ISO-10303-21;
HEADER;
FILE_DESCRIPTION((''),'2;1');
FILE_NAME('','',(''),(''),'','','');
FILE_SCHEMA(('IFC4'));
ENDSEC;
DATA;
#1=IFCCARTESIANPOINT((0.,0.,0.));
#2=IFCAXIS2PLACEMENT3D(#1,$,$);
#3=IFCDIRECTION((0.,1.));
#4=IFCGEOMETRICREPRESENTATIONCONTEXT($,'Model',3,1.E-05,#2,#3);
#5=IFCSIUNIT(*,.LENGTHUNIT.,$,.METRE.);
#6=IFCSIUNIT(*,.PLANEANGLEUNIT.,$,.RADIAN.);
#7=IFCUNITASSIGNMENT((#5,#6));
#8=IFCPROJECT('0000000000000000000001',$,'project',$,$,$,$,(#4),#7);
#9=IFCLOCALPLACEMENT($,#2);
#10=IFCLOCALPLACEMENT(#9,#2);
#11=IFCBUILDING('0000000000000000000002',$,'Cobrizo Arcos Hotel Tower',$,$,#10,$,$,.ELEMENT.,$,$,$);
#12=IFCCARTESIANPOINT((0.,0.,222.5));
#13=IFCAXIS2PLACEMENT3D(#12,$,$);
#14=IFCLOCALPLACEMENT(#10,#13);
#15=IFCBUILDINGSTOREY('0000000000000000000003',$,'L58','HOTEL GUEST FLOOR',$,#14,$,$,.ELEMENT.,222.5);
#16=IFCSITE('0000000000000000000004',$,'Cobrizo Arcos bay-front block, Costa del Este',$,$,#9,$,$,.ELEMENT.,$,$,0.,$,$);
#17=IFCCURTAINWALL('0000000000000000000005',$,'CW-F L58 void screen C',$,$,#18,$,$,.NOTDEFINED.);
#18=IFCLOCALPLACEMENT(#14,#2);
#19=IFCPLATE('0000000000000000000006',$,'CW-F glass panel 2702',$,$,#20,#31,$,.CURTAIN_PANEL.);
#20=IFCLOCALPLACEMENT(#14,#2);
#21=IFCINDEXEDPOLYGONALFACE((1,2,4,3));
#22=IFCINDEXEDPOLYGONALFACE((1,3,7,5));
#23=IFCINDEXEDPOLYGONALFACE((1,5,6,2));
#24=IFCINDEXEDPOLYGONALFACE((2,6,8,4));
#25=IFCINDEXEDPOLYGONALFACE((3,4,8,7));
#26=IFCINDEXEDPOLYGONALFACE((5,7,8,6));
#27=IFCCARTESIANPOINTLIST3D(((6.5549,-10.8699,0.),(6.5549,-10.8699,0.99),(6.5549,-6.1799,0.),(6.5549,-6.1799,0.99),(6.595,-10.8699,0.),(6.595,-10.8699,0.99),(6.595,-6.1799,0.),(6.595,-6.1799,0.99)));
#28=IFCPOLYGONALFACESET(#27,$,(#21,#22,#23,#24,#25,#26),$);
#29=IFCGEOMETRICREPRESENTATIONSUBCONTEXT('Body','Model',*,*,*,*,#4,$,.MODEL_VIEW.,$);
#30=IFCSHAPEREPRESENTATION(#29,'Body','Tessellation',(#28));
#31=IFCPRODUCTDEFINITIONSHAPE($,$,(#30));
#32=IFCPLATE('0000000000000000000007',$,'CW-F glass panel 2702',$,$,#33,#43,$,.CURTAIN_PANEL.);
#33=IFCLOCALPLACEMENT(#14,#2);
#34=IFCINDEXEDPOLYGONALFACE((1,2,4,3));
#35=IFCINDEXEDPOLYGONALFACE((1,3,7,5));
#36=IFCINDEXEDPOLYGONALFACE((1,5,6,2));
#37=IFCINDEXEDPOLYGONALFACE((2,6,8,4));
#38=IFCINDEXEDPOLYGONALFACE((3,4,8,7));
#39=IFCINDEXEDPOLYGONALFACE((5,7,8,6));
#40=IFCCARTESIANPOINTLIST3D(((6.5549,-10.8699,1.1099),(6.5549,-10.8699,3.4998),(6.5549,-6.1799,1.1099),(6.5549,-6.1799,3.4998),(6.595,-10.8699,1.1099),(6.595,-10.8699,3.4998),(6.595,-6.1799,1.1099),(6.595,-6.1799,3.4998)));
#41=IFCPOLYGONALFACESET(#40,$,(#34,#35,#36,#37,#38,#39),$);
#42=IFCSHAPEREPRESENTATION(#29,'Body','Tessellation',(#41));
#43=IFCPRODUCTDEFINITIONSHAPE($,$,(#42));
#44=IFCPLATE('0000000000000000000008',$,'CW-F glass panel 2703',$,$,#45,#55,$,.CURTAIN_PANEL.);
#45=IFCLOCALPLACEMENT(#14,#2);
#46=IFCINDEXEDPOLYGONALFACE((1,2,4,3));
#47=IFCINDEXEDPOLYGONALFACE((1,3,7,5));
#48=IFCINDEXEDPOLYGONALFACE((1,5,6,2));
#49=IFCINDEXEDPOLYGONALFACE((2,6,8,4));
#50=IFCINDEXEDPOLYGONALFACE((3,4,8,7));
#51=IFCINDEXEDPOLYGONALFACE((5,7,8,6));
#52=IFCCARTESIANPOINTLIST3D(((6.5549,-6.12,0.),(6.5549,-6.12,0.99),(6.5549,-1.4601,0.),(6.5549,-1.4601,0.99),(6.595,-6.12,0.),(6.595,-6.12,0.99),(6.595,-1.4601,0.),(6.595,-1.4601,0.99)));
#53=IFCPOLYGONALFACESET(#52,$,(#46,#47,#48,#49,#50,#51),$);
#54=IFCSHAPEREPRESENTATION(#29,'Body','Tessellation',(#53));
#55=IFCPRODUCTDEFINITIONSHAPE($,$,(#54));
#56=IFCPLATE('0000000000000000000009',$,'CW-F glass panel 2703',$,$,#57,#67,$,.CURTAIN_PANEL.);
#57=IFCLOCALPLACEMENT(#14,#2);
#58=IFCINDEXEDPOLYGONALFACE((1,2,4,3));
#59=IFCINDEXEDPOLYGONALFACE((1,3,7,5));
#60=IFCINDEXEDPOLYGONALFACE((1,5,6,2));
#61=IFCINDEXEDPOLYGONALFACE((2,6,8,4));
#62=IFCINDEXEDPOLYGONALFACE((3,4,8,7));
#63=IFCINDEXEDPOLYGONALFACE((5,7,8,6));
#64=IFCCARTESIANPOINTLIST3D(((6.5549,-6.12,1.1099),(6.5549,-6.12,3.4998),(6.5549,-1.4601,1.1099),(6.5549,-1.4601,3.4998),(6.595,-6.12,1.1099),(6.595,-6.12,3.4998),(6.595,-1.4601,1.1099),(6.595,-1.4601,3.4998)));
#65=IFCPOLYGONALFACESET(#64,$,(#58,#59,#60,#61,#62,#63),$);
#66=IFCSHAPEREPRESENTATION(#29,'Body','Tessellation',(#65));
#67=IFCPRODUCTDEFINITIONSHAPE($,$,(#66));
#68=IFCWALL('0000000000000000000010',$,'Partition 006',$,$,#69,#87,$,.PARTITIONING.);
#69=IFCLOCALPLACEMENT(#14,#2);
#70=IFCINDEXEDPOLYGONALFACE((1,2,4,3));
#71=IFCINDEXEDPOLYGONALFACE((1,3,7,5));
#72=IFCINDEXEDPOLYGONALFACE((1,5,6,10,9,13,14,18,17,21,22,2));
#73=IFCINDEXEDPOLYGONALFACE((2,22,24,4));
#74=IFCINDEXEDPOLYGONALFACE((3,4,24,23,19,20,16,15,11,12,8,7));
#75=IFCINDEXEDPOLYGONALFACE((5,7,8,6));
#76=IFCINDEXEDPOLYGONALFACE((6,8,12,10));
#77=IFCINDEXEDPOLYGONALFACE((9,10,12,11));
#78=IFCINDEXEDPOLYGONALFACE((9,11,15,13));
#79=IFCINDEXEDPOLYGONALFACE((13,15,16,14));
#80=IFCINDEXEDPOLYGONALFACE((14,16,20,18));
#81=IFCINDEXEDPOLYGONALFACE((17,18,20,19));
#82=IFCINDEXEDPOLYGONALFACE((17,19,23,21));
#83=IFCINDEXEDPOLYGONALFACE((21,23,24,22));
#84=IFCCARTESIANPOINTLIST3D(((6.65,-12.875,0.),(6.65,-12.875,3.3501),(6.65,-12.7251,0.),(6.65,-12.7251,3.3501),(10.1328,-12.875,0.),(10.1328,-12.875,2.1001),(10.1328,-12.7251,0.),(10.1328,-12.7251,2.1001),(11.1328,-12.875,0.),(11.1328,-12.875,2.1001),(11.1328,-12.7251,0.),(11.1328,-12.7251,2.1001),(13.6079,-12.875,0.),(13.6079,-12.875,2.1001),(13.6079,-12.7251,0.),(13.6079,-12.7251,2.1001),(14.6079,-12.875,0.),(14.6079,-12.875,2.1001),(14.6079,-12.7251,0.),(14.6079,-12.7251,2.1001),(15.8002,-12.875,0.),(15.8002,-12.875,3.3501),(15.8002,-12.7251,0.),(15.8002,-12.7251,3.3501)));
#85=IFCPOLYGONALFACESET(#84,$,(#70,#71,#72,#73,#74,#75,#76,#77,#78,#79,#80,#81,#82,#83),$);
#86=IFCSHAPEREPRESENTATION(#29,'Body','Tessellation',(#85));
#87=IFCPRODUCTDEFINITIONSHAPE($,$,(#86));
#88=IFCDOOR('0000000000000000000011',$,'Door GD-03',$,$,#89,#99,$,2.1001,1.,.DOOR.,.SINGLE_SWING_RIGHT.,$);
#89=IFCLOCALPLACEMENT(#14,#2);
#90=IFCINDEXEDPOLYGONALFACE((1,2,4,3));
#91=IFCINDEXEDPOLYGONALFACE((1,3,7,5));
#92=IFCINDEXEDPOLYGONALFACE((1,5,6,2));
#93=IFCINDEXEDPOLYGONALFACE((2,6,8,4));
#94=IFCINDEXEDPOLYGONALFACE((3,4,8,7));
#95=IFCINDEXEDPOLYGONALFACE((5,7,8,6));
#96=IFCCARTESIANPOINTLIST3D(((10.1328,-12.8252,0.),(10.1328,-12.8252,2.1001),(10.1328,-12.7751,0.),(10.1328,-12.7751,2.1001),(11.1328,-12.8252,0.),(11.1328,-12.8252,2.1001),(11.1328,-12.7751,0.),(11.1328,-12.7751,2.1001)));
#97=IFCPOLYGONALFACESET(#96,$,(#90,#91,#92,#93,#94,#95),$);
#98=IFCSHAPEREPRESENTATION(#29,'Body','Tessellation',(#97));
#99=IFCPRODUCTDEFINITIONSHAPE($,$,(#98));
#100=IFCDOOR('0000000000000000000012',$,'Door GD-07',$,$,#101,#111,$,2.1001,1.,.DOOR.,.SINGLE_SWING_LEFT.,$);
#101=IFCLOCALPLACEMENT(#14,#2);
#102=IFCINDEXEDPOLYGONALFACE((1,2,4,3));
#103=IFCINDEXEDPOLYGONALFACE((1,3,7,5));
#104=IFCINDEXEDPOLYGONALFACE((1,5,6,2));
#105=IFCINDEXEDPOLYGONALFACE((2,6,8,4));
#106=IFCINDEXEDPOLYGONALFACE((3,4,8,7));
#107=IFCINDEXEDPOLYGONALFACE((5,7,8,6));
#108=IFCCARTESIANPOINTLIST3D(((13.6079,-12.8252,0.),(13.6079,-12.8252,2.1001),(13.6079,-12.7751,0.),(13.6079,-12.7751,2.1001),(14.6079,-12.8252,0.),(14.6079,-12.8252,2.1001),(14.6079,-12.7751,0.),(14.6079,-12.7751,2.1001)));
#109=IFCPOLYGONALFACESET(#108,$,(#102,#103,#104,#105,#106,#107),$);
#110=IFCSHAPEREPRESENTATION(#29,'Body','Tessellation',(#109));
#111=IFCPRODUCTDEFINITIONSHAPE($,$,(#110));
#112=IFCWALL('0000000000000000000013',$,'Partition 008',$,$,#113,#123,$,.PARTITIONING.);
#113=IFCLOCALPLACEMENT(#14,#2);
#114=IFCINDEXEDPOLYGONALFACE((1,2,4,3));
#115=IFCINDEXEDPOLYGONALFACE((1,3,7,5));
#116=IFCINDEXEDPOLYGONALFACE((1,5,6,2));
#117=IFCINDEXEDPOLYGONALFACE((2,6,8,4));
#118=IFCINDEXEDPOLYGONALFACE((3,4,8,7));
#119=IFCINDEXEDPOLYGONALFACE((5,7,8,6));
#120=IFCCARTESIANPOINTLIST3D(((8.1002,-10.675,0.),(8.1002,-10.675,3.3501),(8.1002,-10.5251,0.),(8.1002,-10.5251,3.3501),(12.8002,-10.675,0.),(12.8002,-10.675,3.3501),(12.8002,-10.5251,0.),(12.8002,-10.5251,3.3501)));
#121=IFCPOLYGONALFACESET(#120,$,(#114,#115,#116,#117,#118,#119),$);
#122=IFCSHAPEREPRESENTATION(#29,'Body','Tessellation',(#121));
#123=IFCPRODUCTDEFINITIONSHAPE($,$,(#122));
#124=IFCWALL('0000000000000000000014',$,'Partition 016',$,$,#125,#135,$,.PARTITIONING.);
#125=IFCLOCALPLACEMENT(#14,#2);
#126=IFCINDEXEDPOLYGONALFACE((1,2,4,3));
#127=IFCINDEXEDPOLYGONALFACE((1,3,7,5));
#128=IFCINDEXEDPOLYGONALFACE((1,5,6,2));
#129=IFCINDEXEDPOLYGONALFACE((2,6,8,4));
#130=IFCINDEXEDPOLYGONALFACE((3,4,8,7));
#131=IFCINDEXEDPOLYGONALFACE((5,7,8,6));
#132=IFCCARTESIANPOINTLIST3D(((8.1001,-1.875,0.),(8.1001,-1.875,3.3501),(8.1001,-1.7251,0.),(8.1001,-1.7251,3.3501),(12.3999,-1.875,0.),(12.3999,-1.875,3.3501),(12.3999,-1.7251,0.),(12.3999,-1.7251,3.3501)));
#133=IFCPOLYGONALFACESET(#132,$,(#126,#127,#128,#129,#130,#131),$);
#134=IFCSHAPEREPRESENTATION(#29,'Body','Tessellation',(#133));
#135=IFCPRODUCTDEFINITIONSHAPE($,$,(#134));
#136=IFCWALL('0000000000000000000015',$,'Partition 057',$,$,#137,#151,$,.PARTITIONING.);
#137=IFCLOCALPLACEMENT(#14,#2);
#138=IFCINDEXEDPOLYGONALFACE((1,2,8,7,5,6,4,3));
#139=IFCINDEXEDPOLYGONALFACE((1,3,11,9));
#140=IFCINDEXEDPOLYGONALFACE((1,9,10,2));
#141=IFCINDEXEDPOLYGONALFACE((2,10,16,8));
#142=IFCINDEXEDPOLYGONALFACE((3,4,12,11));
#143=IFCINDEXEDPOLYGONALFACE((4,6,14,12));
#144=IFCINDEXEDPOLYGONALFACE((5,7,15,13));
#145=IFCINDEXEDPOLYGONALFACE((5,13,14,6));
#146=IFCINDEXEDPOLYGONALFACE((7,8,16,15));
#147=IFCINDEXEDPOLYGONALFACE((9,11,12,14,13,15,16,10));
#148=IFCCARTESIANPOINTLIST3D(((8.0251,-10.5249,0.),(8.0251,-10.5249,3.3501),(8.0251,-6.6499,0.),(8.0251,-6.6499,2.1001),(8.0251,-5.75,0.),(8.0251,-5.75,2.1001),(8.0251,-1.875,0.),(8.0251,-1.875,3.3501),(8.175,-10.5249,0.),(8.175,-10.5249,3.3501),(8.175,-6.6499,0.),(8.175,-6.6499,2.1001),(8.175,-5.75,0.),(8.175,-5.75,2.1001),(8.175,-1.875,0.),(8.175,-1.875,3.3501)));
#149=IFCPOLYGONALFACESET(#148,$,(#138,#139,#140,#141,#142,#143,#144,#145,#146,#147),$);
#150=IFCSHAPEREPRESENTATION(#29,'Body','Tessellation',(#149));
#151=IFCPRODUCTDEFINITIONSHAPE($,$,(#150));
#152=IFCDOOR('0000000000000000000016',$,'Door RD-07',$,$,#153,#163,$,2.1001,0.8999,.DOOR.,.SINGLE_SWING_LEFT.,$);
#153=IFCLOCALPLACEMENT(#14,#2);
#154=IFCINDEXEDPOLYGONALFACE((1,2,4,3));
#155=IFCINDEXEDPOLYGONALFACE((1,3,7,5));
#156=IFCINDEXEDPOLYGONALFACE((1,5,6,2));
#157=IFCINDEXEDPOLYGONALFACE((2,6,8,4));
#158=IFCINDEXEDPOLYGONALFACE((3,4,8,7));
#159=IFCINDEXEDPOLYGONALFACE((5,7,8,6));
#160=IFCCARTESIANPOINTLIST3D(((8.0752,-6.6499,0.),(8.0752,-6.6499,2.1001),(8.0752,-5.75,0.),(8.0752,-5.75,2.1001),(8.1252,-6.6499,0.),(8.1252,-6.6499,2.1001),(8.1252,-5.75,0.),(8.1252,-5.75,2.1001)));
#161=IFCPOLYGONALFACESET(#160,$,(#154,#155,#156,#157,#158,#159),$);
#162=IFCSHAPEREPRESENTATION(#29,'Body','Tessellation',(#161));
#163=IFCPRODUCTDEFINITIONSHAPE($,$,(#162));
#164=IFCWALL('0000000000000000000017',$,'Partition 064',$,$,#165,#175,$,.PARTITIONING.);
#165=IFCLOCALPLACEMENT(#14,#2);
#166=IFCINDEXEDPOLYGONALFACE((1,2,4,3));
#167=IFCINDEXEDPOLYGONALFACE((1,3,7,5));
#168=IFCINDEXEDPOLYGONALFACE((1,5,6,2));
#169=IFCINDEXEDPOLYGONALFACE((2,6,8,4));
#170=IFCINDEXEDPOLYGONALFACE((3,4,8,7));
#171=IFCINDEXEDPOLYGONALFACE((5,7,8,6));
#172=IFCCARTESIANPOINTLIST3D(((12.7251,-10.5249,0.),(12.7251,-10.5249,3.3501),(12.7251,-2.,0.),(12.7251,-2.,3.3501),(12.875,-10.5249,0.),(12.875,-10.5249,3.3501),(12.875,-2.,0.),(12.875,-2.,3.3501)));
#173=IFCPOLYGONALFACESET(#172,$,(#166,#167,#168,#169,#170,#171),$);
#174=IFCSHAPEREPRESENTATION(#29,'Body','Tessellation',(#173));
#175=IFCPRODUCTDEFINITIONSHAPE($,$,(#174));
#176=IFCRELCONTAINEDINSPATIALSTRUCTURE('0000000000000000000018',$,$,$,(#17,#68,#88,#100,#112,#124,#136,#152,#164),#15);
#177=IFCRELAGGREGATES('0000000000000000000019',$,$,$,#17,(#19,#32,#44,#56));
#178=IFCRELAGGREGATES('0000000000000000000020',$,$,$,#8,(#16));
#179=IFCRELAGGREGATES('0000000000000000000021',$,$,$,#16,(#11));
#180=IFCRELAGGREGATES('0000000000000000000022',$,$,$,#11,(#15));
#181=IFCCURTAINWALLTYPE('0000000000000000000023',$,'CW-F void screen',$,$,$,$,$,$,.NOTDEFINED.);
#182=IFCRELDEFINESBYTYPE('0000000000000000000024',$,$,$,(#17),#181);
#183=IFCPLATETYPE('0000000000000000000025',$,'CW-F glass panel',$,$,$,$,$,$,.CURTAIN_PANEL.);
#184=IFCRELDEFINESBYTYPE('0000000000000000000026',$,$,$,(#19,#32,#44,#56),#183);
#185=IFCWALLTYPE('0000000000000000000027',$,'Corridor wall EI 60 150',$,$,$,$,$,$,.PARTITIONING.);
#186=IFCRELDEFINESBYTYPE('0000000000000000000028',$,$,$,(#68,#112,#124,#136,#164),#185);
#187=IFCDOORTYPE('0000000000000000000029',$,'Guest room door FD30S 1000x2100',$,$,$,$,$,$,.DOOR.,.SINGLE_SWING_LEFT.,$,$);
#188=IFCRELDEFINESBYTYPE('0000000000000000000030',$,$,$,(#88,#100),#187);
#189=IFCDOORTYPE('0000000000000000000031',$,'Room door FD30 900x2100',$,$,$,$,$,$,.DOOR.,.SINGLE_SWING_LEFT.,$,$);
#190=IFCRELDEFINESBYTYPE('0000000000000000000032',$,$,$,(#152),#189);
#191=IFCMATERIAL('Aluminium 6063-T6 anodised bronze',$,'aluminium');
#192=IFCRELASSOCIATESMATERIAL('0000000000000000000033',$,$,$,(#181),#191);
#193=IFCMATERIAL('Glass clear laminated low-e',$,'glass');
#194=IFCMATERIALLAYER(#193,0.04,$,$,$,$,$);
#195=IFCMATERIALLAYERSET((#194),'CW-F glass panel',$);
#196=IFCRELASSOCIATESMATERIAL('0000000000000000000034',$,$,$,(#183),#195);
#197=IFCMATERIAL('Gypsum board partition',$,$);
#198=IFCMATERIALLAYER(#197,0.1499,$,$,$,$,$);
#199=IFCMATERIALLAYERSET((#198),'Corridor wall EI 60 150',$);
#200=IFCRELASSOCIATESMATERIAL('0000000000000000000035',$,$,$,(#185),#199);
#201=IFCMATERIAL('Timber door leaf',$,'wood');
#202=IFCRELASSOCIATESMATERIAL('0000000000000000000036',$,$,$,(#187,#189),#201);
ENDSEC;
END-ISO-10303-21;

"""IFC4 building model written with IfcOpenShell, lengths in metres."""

from ifc_helpers import new_model, si_unit, direction, frame, frame_2d, origin, origin_2d, place, context, subcontext, project, spatial, rectangle, extrude, material, layer, layer_set, type_object, element, fill, aggregate, save


model = new_model("IFC4")

# Units and contexts
model_context = context("Model", 3, precision=1e-05, world=origin(), true_north=direction((0.0, 1.0)))
body_context = subcontext(model_context, "Body", "Model", "MODEL_VIEW")
ifc_project = project(units=[si_unit("LENGTHUNIT", "METRE"), si_unit("PLANEANGLEUNIT", "RADIAN")], contexts=[model_context])

# Site, building, storey
site_placement = place(None, origin())
site = spatial("IfcSite", under=ifc_project, at=site_placement, Name="Cobrizo Arcos bay-front block, Costa del Este", CompositionType="ELEMENT", RefElevation=0.0)
building_placement = place(site_placement, origin())
building = spatial("IfcBuilding", under=site, at=building_placement, Name="Cobrizo Arcos Hotel Tower", CompositionType="ELEMENT")
storey_placement = place(building_placement, frame((0.0, 0.0, 222.5)))
storey = spatial("IfcBuildingStorey", under=building, at=storey_placement, Name="L58", Description="HOTEL GUEST FLOOR", CompositionType="ELEMENT", Elevation=222.5)

# Curtain wall
ifc_material_1 = material(Name="Aluminium 6063-T6 anodised bronze", Category="aluminium")
curtain_wall_type = type_object("IfcCurtainWallType", Name="CW-F void screen", PredefinedType="NOTDEFINED", material=ifc_material_1)
curtain_wall_placement = place(storey_placement, origin())
curtain_wall = element("IfcCurtainWall", 1, at=curtain_wall_placement, inside=storey, type_object=curtain_wall_type, Name="CW-F L58 void screen C", PredefinedType="NOTDEFINED")

# Plates
ifc_material_2 = material(Name="Glass clear laminated low-e", Category="glass")
ifc_layer_1 = layer(ifc_material_2, 0.04)
ifc_layer_set_1 = layer_set([ifc_layer_1], Name="CW-F glass panel")
plate_type = type_object("IfcPlateType", Name="CW-F glass panel", PredefinedType="CURTAIN_PANEL", material=ifc_layer_set_1)
plate_1_placement = place(storey_placement, frame((6.575, -8.5249, 0.0), z_axis=(0.0, 0.0, 1.0), x_axis=(0.0, 1.0, 0.0)))
plate_1 = element("IfcPlate", 2, at=plate_1_placement, type_object=plate_type, Name="CW-F glass panel 2702", PredefinedType="CURTAIN_PANEL", context=body_context, shape_type="SweptSolid", body=[
    extrude(rectangle(XDim=4.6899, YDim=0.04, at=origin_2d()), origin(), (0.0, 0.0, 1.0), 0.99),
])
plate_2_placement = place(storey_placement, frame((6.575, -8.5249, 1.1099), z_axis=(0.0, 0.0, 1.0), x_axis=(0.0, 1.0, 0.0)))
plate_2 = element("IfcPlate", 3, at=plate_2_placement, type_object=plate_type, Name="CW-F glass panel 2702", PredefinedType="CURTAIN_PANEL", context=body_context, shape_type="SweptSolid", body=[
    extrude(rectangle(XDim=4.6899, YDim=0.04, at=origin_2d()), origin(), (0.0, 0.0, 1.0), 2.3899),
])
plate_3_placement = place(storey_placement, frame((6.575, -3.79, 0.0), z_axis=(0.0, 0.0, 1.0), x_axis=(0.0, 1.0, 0.0)))
plate_3 = element("IfcPlate", 4, at=plate_3_placement, type_object=plate_type, Name="CW-F glass panel 2703", PredefinedType="CURTAIN_PANEL", context=body_context, shape_type="SweptSolid", body=[
    extrude(rectangle(XDim=4.6599, YDim=0.04, at=origin_2d()), origin(), (0.0, 0.0, 1.0), 0.99),
])
plate_4_placement = place(storey_placement, frame((6.575, -3.79, 1.1099), z_axis=(0.0, 0.0, 1.0), x_axis=(0.0, 1.0, 0.0)))
plate_4 = element("IfcPlate", 5, at=plate_4_placement, type_object=plate_type, Name="CW-F glass panel 2703", PredefinedType="CURTAIN_PANEL", context=body_context, shape_type="SweptSolid", body=[
    extrude(rectangle(XDim=4.6599, YDim=0.04, at=origin_2d()), origin(), (0.0, 0.0, 1.0), 2.3899),
])
aggregate(curtain_wall, [plate_1, plate_2, plate_3, plate_4])

# Wall, openings, doors
ifc_material_3 = material(Name="Gypsum board partition")
ifc_layer_2 = layer(ifc_material_3, 0.1499)
ifc_layer_set_2 = layer_set([ifc_layer_2], Name="Corridor wall EI 60 150")
wall_type_1 = type_object("IfcWallType", Name="Corridor wall EI 60 150", PredefinedType="PARTITIONING", material=ifc_layer_set_2)
wall_1_placement = place(storey_placement, frame((6.6499, -12.8, 0.0), z_axis=(0.0, 0.0, 1.0), x_axis=(1.0, 0.0, 0.0)))
wall_1 = element("IfcWall", 6, at=wall_1_placement, inside=storey, type_object=wall_type_1, Name="Partition 006", PredefinedType="PARTITIONING", context=body_context, shape_type="SweptSolid", body=[
    extrude(rectangle(XDim=9.1501, YDim=0.1499, at=frame_2d((4.5752, 0.0))), origin(), (0.0, 0.0, 1.0), 3.3501),
])
opening_1_placement = place(wall_1_placement, frame((3.4829, 0.0, 0.0)))
opening_1 = element("IfcOpeningElement", 7, at=opening_1_placement, cuts=wall_1, PredefinedType="OPENING", context=body_context, shape_type="SweptSolid", body=[
    extrude(rectangle(XDim=1.0, YDim=2.1001, at=frame_2d((0.5, 1.05))), frame((0.0, 0.0869, 0.0), z_axis=(0.0, -1.0, 0.0), x_axis=(1.0, 0.0, 0.0)), (0.0, 0.0, 1.0), 0.1738),
])
opening_2_placement = place(wall_1_placement, frame((6.958, 0.0, 0.0)))
opening_2 = element("IfcOpeningElement", 8, at=opening_2_placement, cuts=wall_1, PredefinedType="OPENING", context=body_context, shape_type="SweptSolid", body=[
    extrude(rectangle(XDim=1.0, YDim=2.1001, at=frame_2d((0.5, 1.05))), frame((0.0, 0.0869, 0.0), z_axis=(0.0, -1.0, 0.0), x_axis=(1.0, 0.0, 0.0)), (0.0, 0.0, 1.0), 0.1738),
])
ifc_material_4 = material(Name="Timber door leaf", Category="wood")
door_type_1 = type_object("IfcDoorType", Name="Guest room door FD30S 1000x2100", OperationType="SINGLE_SWING_LEFT", PredefinedType="DOOR", material=ifc_material_4)
door_1_placement = place(opening_1_placement, origin())
door_1 = element("IfcDoor", 9, at=door_1_placement, inside=storey, type_object=door_type_1, Name="Door GD-03", OperationType="SINGLE_SWING_RIGHT", OverallHeight=2.1001, OverallWidth=1.0, PredefinedType="DOOR", context=body_context, shape_type="SweptSolid", body=[
    extrude(rectangle(XDim=1.0, YDim=2.1001, at=frame_2d((0.5, 1.05))), frame((0.0, 0.0249, 0.0), z_axis=(0.0, -1.0, 0.0), x_axis=(1.0, 0.0, 0.0)), (0.0, 0.0, 1.0), 0.05),
])
fill(opening_1, door_1)
door_2_placement = place(opening_2_placement, origin())
door_2 = element("IfcDoor", 10, at=door_2_placement, inside=storey, type_object=door_type_1, Name="Door GD-07", OperationType="SINGLE_SWING_LEFT", OverallHeight=2.1001, OverallWidth=1.0, PredefinedType="DOOR", context=body_context, shape_type="SweptSolid", body=[
    extrude(rectangle(XDim=1.0, YDim=2.1001, at=frame_2d((0.5, 1.05))), frame((0.0, 0.0249, 0.0), z_axis=(0.0, -1.0, 0.0), x_axis=(1.0, 0.0, 0.0)), (0.0, 0.0, 1.0), 0.05),
])
fill(opening_2, door_2)

# Walls
wall_2_placement = place(storey_placement, frame((8.1001, -10.6001, 0.0), z_axis=(0.0, 0.0, 1.0), x_axis=(1.0, 0.0, 0.0)))
element("IfcWall", 11, at=wall_2_placement, inside=storey, type_object=wall_type_1, Name="Partition 008", PredefinedType="PARTITIONING", context=body_context, shape_type="SweptSolid", body=[
    extrude(rectangle(XDim=4.7, YDim=0.1499, at=frame_2d((2.3501, 0.0))), origin(), (0.0, 0.0, 1.0), 3.3501),
])
wall_3_placement = place(storey_placement, frame((8.1001, -1.8, 0.0), z_axis=(0.0, 0.0, 1.0), x_axis=(1.0, 0.0, 0.0)))
element("IfcWall", 12, at=wall_3_placement, inside=storey, type_object=wall_type_1, Name="Partition 016", PredefinedType="PARTITIONING", context=body_context, shape_type="SweptSolid", body=[
    extrude(rectangle(XDim=4.2998, YDim=0.1499, at=frame_2d((2.1499, 0.0))), origin(), (0.0, 0.0, 1.0), 3.3501),
])

# Wall, opening, door
wall_4_placement = place(storey_placement, frame((8.1001, -10.5249, 0.0), z_axis=(0.0, 0.0, 1.0), x_axis=(0.0, 1.0, 0.0)))
wall_4 = element("IfcWall", 13, at=wall_4_placement, inside=storey, type_object=wall_type_1, Name="Partition 057", PredefinedType="PARTITIONING", context=body_context, shape_type="SweptSolid", body=[
    extrude(rectangle(XDim=8.6499, YDim=0.1499, at=frame_2d((4.325, 0.0))), origin(), (0.0, 0.0, 1.0), 3.3501),
])
opening_3_placement = place(wall_4_placement, frame((3.875, 0.0, 0.0)))
opening_3 = element("IfcOpeningElement", 14, at=opening_3_placement, cuts=wall_4, PredefinedType="OPENING", context=body_context, shape_type="SweptSolid", body=[
    extrude(rectangle(XDim=0.8999, YDim=2.1001, at=frame_2d((0.45, 1.05))), frame((0.0, 0.0869, 0.0), z_axis=(0.0, -1.0, 0.0), x_axis=(1.0, 0.0, 0.0)), (0.0, 0.0, 1.0), 0.1738),
])
door_type_2 = type_object("IfcDoorType", Name="Room door FD30 900x2100", OperationType="SINGLE_SWING_LEFT", PredefinedType="DOOR", material=ifc_material_4)
door_3_placement = place(opening_3_placement, origin())
door_3 = element("IfcDoor", 15, at=door_3_placement, inside=storey, type_object=door_type_2, Name="Door RD-07", OperationType="SINGLE_SWING_LEFT", OverallHeight=2.1001, OverallWidth=0.8999, PredefinedType="DOOR", context=body_context, shape_type="SweptSolid", body=[
    extrude(rectangle(XDim=0.8999, YDim=2.1001, at=frame_2d((0.45, 1.05))), frame((0.0, 0.0249, 0.0), z_axis=(0.0, -1.0, 0.0), x_axis=(1.0, 0.0, 0.0)), (0.0, 0.0, 1.0), 0.05),
])
fill(opening_3, door_3)

# Wall
wall_5_placement = place(storey_placement, frame((12.8, -10.5249, 0.0), z_axis=(0.0, 0.0, 1.0), x_axis=(0.0, 1.0, 0.0)))
element("IfcWall", 16, at=wall_5_placement, inside=storey, type_object=wall_type_1, Name="Partition 064", PredefinedType="PARTITIONING", context=body_context, shape_type="SweptSolid", body=[
    extrude(rectangle(XDim=8.5249, YDim=0.1499, at=frame_2d((4.2625, 0.0))), origin(), (0.0, 0.0, 1.0), 3.3501),
])

save(model, "model.ifc")
